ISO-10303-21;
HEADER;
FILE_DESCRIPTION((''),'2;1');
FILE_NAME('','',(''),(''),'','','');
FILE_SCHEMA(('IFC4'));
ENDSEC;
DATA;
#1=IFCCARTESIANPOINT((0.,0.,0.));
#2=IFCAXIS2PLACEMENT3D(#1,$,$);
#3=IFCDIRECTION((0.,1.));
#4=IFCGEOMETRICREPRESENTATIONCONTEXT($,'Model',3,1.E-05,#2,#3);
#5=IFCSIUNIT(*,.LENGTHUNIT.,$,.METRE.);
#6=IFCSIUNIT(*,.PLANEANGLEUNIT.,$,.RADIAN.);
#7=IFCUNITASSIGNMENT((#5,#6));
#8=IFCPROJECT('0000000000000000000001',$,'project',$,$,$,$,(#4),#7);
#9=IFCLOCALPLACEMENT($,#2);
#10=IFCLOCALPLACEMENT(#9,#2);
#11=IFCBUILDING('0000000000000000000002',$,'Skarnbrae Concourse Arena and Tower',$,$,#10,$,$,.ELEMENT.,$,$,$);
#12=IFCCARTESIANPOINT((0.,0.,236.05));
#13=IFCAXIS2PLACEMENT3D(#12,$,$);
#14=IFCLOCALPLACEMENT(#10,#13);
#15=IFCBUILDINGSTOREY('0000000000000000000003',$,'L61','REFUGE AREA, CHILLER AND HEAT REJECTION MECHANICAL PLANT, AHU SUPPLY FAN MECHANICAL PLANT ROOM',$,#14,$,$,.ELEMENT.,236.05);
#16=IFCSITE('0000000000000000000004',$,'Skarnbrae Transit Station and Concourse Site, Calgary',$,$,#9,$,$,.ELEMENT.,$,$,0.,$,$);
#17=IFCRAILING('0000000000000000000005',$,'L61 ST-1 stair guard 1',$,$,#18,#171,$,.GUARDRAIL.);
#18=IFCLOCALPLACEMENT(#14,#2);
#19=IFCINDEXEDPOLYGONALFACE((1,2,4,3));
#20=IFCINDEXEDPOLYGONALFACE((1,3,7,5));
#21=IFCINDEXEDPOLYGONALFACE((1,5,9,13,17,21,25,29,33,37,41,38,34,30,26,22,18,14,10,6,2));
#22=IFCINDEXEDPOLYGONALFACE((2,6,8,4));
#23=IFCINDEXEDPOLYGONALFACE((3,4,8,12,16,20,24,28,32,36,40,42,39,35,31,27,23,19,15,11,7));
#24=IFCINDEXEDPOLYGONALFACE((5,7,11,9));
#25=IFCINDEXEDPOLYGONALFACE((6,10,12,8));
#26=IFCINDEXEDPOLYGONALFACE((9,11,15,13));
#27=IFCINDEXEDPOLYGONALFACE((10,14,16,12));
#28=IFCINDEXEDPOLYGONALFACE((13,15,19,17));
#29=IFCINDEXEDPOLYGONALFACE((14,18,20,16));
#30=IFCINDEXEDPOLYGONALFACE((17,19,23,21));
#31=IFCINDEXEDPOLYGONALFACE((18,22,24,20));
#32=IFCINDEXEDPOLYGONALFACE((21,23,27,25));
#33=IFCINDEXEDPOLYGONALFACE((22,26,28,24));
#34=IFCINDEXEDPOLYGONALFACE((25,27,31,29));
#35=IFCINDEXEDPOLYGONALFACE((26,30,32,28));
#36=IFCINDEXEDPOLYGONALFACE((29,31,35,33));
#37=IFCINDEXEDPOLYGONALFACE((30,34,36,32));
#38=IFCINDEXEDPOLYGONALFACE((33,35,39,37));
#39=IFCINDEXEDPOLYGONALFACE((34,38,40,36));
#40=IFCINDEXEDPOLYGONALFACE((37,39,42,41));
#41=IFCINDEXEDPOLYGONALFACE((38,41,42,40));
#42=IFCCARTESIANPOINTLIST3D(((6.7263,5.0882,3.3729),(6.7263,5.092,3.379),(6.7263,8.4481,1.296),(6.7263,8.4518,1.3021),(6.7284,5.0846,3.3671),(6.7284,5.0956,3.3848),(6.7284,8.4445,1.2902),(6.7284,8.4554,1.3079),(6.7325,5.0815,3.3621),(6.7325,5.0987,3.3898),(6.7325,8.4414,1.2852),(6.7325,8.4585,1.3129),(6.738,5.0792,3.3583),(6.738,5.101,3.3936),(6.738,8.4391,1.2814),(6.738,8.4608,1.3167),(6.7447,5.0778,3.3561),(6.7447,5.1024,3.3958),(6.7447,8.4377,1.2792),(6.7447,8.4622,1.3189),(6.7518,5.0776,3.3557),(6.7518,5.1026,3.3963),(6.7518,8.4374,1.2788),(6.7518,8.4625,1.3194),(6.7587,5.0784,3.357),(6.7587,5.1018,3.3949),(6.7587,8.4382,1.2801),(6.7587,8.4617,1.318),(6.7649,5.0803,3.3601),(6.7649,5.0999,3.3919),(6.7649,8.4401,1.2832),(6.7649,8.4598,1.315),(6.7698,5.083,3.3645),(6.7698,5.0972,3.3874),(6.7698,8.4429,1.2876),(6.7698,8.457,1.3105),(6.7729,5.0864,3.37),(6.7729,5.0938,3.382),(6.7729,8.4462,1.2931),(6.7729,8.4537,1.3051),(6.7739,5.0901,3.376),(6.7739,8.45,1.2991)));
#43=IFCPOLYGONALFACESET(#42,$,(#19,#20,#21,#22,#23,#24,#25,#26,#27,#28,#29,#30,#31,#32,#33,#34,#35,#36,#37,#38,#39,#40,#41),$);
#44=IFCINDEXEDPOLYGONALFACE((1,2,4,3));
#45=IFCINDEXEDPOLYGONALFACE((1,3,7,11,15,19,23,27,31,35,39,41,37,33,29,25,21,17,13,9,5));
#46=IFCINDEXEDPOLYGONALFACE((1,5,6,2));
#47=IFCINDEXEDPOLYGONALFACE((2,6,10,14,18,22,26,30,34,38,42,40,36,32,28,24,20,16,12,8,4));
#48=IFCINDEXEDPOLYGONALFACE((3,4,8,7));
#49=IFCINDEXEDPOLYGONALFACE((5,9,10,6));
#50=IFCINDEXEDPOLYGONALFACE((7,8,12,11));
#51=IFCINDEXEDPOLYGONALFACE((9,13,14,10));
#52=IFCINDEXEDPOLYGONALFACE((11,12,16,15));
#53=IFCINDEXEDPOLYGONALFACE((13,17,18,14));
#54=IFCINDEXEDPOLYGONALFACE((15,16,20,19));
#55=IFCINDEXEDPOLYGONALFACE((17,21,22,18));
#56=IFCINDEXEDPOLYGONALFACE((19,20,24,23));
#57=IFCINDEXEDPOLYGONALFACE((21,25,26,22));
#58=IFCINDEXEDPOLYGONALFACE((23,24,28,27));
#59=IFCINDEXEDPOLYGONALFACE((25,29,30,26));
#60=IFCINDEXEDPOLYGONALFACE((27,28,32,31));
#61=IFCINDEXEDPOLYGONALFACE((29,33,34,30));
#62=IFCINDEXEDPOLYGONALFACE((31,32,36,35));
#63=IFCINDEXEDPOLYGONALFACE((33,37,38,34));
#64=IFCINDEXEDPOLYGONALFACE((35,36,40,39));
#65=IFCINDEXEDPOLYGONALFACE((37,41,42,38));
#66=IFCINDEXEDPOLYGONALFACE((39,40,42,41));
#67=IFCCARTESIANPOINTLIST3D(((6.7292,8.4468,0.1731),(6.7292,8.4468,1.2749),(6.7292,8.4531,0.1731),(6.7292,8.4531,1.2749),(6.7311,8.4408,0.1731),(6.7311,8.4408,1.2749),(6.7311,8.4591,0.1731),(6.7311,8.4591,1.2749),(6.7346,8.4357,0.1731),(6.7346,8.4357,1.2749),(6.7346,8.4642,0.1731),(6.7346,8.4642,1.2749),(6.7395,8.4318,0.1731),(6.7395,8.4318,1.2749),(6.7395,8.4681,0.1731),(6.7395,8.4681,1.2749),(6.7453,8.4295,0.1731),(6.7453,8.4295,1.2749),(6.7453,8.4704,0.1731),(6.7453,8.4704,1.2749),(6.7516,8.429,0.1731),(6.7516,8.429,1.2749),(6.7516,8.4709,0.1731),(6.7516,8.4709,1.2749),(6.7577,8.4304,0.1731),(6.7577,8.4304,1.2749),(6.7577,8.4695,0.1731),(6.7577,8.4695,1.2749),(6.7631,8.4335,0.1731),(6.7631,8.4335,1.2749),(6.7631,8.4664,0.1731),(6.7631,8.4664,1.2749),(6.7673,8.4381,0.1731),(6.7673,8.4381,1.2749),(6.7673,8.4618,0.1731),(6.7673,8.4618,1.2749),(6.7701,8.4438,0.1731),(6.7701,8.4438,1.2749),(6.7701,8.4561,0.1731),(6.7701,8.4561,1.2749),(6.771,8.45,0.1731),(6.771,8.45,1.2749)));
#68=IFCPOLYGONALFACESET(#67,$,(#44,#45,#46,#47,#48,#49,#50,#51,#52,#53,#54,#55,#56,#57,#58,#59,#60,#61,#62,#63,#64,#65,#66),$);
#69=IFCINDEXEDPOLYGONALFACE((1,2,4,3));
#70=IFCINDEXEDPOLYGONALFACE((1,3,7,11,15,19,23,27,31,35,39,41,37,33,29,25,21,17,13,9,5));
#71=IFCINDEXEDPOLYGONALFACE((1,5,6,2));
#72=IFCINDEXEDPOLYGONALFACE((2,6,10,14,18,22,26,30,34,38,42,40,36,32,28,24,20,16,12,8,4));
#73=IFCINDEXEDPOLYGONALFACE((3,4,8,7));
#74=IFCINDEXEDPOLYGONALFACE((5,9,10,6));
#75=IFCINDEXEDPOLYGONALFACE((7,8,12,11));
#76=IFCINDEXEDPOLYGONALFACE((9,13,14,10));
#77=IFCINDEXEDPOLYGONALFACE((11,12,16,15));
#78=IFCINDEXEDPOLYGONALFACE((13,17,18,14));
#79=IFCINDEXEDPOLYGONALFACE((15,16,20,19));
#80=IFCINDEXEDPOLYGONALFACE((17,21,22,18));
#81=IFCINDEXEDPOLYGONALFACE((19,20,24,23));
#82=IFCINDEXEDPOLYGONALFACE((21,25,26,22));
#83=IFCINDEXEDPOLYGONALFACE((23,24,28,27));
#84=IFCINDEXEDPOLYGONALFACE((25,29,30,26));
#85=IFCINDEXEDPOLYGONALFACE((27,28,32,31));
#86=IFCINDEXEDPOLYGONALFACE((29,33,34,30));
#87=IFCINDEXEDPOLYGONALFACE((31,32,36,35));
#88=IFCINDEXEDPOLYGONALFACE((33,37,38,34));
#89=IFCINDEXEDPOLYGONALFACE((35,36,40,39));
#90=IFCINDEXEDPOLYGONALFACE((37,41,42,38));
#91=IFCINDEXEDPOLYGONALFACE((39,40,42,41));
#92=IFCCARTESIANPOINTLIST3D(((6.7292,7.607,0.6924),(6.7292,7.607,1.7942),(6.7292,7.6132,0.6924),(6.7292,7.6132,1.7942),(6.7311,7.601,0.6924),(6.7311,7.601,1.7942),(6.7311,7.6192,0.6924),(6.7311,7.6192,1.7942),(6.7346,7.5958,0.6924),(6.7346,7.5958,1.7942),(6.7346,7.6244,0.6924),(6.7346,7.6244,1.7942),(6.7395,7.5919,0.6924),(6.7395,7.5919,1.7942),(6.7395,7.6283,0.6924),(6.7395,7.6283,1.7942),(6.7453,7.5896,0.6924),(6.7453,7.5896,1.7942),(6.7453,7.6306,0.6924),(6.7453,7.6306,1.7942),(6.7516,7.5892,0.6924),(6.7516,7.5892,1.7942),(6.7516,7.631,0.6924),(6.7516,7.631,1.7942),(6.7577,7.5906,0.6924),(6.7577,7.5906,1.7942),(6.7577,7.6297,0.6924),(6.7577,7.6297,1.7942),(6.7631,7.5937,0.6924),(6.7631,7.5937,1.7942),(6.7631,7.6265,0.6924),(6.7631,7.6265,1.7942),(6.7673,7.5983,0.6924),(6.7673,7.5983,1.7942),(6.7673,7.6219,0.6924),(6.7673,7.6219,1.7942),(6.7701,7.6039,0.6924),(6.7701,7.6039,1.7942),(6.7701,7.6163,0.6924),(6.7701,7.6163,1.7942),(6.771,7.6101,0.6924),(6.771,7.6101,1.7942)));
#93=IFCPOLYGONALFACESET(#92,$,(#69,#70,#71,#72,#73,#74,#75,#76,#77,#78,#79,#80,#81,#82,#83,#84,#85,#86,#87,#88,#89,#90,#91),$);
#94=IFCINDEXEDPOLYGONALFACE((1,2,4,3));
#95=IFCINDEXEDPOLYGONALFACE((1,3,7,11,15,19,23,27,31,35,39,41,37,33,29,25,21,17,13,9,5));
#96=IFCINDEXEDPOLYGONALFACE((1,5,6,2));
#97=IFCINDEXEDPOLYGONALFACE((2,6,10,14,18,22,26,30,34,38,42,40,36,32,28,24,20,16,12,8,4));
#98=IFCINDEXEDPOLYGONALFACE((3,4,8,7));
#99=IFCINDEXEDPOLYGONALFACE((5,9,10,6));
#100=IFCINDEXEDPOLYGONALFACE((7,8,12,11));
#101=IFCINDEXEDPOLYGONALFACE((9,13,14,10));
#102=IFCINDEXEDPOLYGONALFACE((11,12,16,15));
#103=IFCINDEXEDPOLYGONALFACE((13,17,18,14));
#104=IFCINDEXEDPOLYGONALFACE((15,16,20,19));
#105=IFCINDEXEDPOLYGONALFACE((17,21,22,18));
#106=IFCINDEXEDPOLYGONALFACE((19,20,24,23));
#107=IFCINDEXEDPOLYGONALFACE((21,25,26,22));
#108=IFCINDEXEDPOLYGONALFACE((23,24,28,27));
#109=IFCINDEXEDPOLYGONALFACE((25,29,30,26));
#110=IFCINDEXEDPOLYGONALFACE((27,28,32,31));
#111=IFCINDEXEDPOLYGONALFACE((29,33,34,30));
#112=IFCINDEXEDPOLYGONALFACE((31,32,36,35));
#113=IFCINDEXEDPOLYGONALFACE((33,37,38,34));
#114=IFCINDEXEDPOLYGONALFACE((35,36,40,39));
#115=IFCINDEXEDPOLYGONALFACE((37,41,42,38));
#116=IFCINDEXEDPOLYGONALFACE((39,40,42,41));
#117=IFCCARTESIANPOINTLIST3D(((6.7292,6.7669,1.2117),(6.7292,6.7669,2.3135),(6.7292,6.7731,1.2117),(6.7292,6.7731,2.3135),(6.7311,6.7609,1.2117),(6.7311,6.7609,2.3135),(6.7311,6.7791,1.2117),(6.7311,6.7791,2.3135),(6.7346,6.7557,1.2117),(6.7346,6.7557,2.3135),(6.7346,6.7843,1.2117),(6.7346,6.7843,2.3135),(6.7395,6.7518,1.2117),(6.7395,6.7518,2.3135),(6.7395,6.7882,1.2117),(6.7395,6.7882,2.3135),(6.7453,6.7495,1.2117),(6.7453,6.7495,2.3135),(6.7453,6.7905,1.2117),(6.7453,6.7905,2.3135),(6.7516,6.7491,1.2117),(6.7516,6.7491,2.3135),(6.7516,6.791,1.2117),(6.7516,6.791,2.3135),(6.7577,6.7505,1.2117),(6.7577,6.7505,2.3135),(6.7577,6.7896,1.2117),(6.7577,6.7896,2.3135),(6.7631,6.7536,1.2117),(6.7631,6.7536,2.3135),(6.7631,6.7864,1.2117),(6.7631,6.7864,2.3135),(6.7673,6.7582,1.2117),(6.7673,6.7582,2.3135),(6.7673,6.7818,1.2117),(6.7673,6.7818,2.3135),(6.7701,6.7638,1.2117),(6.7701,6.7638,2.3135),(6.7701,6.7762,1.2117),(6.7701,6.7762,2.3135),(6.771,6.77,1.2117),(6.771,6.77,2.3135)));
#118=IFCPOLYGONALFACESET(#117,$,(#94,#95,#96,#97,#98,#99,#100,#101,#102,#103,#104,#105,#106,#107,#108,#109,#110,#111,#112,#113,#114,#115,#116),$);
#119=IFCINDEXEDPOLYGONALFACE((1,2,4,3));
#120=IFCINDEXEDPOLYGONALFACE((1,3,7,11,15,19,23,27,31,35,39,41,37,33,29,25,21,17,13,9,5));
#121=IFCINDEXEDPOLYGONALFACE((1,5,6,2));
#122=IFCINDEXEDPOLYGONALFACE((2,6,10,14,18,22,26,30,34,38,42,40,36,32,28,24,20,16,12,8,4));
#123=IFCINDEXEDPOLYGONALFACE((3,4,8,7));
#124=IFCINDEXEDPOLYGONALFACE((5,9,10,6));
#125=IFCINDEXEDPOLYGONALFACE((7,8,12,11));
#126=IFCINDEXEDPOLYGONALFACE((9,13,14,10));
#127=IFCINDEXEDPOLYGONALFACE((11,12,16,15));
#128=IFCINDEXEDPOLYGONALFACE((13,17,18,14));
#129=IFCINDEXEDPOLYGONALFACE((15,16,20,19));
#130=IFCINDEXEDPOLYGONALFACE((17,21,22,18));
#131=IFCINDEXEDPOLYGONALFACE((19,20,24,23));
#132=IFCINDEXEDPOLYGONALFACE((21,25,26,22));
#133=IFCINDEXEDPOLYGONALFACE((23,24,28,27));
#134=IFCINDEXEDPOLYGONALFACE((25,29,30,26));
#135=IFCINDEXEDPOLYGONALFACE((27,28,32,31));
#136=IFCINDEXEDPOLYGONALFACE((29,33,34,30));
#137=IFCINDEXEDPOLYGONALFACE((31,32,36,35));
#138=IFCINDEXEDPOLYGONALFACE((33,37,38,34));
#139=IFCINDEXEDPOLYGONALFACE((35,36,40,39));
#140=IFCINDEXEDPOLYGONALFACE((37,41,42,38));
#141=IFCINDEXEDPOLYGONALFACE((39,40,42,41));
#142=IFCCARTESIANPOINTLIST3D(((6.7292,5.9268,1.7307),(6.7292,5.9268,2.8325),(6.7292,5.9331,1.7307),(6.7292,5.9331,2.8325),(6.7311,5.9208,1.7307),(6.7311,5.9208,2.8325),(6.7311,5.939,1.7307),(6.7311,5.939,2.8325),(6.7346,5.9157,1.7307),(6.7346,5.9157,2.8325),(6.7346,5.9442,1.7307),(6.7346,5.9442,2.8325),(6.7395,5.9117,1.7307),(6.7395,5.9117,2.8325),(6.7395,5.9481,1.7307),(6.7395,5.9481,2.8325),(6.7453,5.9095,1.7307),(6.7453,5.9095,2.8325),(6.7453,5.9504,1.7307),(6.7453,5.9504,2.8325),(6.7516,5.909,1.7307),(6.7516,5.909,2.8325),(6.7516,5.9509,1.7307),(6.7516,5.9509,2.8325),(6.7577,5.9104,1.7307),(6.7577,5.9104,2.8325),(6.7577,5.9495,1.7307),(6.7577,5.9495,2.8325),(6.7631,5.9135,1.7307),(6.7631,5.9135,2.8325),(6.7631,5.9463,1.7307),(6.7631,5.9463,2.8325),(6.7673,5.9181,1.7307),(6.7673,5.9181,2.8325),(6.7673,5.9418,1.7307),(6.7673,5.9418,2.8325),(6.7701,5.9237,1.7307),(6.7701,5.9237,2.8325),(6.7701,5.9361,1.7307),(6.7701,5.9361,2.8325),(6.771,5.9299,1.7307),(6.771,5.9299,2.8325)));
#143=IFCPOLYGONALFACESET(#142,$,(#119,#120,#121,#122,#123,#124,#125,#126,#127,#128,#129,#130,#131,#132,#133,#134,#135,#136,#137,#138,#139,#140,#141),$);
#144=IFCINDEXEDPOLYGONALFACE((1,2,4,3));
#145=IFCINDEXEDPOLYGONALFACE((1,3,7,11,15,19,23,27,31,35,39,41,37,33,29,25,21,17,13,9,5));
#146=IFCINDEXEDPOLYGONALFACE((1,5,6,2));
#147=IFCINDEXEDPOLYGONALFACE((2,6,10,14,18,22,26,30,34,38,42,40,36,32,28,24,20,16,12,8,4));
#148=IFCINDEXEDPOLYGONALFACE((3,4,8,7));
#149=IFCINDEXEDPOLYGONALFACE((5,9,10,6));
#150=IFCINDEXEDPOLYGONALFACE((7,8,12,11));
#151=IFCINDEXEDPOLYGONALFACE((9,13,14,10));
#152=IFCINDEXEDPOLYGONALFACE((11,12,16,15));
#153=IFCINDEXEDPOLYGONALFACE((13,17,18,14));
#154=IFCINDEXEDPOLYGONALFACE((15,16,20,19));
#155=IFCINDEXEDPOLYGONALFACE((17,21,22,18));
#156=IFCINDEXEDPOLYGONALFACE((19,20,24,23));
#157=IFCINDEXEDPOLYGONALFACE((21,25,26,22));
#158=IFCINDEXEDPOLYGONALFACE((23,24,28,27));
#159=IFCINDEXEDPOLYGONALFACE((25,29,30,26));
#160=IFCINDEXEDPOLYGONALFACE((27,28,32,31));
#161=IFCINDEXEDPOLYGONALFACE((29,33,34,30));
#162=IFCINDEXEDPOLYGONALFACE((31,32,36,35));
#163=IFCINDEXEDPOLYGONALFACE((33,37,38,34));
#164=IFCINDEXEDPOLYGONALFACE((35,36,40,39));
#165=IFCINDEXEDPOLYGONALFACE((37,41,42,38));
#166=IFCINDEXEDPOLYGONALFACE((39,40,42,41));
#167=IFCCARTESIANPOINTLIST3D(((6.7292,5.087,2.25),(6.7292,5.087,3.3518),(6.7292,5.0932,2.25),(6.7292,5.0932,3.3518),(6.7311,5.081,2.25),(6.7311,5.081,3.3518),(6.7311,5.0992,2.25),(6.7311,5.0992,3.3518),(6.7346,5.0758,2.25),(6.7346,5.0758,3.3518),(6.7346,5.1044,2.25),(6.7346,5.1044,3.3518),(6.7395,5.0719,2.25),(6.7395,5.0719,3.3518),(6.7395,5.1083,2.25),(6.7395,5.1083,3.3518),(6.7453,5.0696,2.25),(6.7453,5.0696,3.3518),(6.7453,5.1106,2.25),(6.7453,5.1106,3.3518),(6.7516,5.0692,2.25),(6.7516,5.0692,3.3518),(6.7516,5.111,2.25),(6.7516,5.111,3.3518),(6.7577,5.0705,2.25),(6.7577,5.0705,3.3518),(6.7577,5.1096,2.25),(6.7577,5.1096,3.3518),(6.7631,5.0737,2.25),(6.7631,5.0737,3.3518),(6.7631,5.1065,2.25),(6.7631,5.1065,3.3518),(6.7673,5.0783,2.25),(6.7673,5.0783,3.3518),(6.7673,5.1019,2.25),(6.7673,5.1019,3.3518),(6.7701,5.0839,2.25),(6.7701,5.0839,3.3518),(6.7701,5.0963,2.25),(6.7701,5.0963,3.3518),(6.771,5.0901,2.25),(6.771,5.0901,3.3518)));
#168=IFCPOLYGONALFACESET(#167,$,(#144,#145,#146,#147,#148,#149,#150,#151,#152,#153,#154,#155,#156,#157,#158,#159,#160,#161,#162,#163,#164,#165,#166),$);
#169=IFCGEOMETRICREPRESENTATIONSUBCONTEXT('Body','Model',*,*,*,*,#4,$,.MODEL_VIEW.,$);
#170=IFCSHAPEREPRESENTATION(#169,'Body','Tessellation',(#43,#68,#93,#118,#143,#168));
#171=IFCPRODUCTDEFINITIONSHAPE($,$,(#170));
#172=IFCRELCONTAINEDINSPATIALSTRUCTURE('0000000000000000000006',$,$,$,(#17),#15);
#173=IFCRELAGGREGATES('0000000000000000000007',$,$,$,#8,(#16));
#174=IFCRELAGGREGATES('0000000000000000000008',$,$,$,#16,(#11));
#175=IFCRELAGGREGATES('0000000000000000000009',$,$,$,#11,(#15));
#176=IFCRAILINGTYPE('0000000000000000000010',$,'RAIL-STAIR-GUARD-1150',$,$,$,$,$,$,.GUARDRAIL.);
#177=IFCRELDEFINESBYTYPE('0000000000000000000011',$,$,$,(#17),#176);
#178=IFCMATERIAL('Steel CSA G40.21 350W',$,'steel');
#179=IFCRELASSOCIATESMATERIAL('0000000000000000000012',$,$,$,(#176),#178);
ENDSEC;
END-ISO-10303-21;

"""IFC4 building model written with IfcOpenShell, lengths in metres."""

from ifc_helpers import new_model, si_unit, direction, frame, origin, origin_2d, place, context, subcontext, project, spatial, circle, extrude, material, type_object, element, save


model = new_model("IFC4")

# Units and contexts
model_context = context("Model", 3, precision=1e-05, world=origin(), true_north=direction((0.0, 1.0)))
body_context = subcontext(model_context, "Body", "Model", "MODEL_VIEW")
ifc_project = project(units=[si_unit("LENGTHUNIT", "METRE"), si_unit("PLANEANGLEUNIT", "RADIAN")], contexts=[model_context])

# Site, building, storey
site_placement = place(None, origin())
site = spatial("IfcSite", under=ifc_project, at=site_placement, Name="Skarnbrae Transit Station and Concourse Site, Calgary", CompositionType="ELEMENT", RefElevation=0.0)
building_placement = place(site_placement, origin())
building = spatial("IfcBuilding", under=site, at=building_placement, Name="Skarnbrae Concourse Arena and Tower", CompositionType="ELEMENT")
storey_placement = place(building_placement, frame((0.0, 0.0, 236.05)))
storey = spatial("IfcBuildingStorey", under=building, at=storey_placement, Name="L61", Description="REFUGE AREA, CHILLER AND HEAT REJECTION MECHANICAL PLANT, AHU SUPPLY FAN MECHANICAL PLANT ROOM", CompositionType="ELEMENT", Elevation=236.05)

# Shared definitions
ifc_material_1 = material(Name="Steel CSA G40.21 350W", Category="steel")

# Railing
railing_type_1 = type_object("IfcRailingType", Name="RAIL-STAIR-GUARD-1150", PredefinedType="GUARDRAIL", material=ifc_material_1)
railing_1_placement = place(storey_placement, frame((6.75, 8.45, 0.1731)))
element("IfcRailing", 1, at=railing_1_placement, inside=storey, type_object=railing_type_1, Name="L61 ST-1 stair guard 1", PredefinedType="GUARDRAIL", context=body_context, shape_type="SweptSolid", body=[
    extrude(circle(Radius=0.0239, at=origin_2d()), frame((0.0, 0.0, 1.126), z_axis=(0.0, -0.850606, 0.525803), x_axis=(1.0, 0.0, 0.0)), (0.0, 0.0, 1.0), 3.95),
    extrude(circle(Radius=0.021, at=origin_2d()), origin(), (0.0, 0.0, 1.0), 1.1018),
    extrude(circle(Radius=0.021, at=origin_2d()), frame((0.0, -0.8398, 0.5193)), (0.0, 0.0, 1.0), 1.1018),
    extrude(circle(Radius=0.021, at=origin_2d()), frame((0.0, -1.6799, 1.0386)), (0.0, 0.0, 1.0), 1.1018),
    extrude(circle(Radius=0.021, at=origin_2d()), frame((0.0, -2.52, 1.5576)), (0.0, 0.0, 1.0), 1.1018),
    extrude(circle(Radius=0.021, at=origin_2d()), frame((0.0, -3.3599, 2.0769)), (0.0, 0.0, 1.0), 1.1018),
])

save(model, "model.ifc")
